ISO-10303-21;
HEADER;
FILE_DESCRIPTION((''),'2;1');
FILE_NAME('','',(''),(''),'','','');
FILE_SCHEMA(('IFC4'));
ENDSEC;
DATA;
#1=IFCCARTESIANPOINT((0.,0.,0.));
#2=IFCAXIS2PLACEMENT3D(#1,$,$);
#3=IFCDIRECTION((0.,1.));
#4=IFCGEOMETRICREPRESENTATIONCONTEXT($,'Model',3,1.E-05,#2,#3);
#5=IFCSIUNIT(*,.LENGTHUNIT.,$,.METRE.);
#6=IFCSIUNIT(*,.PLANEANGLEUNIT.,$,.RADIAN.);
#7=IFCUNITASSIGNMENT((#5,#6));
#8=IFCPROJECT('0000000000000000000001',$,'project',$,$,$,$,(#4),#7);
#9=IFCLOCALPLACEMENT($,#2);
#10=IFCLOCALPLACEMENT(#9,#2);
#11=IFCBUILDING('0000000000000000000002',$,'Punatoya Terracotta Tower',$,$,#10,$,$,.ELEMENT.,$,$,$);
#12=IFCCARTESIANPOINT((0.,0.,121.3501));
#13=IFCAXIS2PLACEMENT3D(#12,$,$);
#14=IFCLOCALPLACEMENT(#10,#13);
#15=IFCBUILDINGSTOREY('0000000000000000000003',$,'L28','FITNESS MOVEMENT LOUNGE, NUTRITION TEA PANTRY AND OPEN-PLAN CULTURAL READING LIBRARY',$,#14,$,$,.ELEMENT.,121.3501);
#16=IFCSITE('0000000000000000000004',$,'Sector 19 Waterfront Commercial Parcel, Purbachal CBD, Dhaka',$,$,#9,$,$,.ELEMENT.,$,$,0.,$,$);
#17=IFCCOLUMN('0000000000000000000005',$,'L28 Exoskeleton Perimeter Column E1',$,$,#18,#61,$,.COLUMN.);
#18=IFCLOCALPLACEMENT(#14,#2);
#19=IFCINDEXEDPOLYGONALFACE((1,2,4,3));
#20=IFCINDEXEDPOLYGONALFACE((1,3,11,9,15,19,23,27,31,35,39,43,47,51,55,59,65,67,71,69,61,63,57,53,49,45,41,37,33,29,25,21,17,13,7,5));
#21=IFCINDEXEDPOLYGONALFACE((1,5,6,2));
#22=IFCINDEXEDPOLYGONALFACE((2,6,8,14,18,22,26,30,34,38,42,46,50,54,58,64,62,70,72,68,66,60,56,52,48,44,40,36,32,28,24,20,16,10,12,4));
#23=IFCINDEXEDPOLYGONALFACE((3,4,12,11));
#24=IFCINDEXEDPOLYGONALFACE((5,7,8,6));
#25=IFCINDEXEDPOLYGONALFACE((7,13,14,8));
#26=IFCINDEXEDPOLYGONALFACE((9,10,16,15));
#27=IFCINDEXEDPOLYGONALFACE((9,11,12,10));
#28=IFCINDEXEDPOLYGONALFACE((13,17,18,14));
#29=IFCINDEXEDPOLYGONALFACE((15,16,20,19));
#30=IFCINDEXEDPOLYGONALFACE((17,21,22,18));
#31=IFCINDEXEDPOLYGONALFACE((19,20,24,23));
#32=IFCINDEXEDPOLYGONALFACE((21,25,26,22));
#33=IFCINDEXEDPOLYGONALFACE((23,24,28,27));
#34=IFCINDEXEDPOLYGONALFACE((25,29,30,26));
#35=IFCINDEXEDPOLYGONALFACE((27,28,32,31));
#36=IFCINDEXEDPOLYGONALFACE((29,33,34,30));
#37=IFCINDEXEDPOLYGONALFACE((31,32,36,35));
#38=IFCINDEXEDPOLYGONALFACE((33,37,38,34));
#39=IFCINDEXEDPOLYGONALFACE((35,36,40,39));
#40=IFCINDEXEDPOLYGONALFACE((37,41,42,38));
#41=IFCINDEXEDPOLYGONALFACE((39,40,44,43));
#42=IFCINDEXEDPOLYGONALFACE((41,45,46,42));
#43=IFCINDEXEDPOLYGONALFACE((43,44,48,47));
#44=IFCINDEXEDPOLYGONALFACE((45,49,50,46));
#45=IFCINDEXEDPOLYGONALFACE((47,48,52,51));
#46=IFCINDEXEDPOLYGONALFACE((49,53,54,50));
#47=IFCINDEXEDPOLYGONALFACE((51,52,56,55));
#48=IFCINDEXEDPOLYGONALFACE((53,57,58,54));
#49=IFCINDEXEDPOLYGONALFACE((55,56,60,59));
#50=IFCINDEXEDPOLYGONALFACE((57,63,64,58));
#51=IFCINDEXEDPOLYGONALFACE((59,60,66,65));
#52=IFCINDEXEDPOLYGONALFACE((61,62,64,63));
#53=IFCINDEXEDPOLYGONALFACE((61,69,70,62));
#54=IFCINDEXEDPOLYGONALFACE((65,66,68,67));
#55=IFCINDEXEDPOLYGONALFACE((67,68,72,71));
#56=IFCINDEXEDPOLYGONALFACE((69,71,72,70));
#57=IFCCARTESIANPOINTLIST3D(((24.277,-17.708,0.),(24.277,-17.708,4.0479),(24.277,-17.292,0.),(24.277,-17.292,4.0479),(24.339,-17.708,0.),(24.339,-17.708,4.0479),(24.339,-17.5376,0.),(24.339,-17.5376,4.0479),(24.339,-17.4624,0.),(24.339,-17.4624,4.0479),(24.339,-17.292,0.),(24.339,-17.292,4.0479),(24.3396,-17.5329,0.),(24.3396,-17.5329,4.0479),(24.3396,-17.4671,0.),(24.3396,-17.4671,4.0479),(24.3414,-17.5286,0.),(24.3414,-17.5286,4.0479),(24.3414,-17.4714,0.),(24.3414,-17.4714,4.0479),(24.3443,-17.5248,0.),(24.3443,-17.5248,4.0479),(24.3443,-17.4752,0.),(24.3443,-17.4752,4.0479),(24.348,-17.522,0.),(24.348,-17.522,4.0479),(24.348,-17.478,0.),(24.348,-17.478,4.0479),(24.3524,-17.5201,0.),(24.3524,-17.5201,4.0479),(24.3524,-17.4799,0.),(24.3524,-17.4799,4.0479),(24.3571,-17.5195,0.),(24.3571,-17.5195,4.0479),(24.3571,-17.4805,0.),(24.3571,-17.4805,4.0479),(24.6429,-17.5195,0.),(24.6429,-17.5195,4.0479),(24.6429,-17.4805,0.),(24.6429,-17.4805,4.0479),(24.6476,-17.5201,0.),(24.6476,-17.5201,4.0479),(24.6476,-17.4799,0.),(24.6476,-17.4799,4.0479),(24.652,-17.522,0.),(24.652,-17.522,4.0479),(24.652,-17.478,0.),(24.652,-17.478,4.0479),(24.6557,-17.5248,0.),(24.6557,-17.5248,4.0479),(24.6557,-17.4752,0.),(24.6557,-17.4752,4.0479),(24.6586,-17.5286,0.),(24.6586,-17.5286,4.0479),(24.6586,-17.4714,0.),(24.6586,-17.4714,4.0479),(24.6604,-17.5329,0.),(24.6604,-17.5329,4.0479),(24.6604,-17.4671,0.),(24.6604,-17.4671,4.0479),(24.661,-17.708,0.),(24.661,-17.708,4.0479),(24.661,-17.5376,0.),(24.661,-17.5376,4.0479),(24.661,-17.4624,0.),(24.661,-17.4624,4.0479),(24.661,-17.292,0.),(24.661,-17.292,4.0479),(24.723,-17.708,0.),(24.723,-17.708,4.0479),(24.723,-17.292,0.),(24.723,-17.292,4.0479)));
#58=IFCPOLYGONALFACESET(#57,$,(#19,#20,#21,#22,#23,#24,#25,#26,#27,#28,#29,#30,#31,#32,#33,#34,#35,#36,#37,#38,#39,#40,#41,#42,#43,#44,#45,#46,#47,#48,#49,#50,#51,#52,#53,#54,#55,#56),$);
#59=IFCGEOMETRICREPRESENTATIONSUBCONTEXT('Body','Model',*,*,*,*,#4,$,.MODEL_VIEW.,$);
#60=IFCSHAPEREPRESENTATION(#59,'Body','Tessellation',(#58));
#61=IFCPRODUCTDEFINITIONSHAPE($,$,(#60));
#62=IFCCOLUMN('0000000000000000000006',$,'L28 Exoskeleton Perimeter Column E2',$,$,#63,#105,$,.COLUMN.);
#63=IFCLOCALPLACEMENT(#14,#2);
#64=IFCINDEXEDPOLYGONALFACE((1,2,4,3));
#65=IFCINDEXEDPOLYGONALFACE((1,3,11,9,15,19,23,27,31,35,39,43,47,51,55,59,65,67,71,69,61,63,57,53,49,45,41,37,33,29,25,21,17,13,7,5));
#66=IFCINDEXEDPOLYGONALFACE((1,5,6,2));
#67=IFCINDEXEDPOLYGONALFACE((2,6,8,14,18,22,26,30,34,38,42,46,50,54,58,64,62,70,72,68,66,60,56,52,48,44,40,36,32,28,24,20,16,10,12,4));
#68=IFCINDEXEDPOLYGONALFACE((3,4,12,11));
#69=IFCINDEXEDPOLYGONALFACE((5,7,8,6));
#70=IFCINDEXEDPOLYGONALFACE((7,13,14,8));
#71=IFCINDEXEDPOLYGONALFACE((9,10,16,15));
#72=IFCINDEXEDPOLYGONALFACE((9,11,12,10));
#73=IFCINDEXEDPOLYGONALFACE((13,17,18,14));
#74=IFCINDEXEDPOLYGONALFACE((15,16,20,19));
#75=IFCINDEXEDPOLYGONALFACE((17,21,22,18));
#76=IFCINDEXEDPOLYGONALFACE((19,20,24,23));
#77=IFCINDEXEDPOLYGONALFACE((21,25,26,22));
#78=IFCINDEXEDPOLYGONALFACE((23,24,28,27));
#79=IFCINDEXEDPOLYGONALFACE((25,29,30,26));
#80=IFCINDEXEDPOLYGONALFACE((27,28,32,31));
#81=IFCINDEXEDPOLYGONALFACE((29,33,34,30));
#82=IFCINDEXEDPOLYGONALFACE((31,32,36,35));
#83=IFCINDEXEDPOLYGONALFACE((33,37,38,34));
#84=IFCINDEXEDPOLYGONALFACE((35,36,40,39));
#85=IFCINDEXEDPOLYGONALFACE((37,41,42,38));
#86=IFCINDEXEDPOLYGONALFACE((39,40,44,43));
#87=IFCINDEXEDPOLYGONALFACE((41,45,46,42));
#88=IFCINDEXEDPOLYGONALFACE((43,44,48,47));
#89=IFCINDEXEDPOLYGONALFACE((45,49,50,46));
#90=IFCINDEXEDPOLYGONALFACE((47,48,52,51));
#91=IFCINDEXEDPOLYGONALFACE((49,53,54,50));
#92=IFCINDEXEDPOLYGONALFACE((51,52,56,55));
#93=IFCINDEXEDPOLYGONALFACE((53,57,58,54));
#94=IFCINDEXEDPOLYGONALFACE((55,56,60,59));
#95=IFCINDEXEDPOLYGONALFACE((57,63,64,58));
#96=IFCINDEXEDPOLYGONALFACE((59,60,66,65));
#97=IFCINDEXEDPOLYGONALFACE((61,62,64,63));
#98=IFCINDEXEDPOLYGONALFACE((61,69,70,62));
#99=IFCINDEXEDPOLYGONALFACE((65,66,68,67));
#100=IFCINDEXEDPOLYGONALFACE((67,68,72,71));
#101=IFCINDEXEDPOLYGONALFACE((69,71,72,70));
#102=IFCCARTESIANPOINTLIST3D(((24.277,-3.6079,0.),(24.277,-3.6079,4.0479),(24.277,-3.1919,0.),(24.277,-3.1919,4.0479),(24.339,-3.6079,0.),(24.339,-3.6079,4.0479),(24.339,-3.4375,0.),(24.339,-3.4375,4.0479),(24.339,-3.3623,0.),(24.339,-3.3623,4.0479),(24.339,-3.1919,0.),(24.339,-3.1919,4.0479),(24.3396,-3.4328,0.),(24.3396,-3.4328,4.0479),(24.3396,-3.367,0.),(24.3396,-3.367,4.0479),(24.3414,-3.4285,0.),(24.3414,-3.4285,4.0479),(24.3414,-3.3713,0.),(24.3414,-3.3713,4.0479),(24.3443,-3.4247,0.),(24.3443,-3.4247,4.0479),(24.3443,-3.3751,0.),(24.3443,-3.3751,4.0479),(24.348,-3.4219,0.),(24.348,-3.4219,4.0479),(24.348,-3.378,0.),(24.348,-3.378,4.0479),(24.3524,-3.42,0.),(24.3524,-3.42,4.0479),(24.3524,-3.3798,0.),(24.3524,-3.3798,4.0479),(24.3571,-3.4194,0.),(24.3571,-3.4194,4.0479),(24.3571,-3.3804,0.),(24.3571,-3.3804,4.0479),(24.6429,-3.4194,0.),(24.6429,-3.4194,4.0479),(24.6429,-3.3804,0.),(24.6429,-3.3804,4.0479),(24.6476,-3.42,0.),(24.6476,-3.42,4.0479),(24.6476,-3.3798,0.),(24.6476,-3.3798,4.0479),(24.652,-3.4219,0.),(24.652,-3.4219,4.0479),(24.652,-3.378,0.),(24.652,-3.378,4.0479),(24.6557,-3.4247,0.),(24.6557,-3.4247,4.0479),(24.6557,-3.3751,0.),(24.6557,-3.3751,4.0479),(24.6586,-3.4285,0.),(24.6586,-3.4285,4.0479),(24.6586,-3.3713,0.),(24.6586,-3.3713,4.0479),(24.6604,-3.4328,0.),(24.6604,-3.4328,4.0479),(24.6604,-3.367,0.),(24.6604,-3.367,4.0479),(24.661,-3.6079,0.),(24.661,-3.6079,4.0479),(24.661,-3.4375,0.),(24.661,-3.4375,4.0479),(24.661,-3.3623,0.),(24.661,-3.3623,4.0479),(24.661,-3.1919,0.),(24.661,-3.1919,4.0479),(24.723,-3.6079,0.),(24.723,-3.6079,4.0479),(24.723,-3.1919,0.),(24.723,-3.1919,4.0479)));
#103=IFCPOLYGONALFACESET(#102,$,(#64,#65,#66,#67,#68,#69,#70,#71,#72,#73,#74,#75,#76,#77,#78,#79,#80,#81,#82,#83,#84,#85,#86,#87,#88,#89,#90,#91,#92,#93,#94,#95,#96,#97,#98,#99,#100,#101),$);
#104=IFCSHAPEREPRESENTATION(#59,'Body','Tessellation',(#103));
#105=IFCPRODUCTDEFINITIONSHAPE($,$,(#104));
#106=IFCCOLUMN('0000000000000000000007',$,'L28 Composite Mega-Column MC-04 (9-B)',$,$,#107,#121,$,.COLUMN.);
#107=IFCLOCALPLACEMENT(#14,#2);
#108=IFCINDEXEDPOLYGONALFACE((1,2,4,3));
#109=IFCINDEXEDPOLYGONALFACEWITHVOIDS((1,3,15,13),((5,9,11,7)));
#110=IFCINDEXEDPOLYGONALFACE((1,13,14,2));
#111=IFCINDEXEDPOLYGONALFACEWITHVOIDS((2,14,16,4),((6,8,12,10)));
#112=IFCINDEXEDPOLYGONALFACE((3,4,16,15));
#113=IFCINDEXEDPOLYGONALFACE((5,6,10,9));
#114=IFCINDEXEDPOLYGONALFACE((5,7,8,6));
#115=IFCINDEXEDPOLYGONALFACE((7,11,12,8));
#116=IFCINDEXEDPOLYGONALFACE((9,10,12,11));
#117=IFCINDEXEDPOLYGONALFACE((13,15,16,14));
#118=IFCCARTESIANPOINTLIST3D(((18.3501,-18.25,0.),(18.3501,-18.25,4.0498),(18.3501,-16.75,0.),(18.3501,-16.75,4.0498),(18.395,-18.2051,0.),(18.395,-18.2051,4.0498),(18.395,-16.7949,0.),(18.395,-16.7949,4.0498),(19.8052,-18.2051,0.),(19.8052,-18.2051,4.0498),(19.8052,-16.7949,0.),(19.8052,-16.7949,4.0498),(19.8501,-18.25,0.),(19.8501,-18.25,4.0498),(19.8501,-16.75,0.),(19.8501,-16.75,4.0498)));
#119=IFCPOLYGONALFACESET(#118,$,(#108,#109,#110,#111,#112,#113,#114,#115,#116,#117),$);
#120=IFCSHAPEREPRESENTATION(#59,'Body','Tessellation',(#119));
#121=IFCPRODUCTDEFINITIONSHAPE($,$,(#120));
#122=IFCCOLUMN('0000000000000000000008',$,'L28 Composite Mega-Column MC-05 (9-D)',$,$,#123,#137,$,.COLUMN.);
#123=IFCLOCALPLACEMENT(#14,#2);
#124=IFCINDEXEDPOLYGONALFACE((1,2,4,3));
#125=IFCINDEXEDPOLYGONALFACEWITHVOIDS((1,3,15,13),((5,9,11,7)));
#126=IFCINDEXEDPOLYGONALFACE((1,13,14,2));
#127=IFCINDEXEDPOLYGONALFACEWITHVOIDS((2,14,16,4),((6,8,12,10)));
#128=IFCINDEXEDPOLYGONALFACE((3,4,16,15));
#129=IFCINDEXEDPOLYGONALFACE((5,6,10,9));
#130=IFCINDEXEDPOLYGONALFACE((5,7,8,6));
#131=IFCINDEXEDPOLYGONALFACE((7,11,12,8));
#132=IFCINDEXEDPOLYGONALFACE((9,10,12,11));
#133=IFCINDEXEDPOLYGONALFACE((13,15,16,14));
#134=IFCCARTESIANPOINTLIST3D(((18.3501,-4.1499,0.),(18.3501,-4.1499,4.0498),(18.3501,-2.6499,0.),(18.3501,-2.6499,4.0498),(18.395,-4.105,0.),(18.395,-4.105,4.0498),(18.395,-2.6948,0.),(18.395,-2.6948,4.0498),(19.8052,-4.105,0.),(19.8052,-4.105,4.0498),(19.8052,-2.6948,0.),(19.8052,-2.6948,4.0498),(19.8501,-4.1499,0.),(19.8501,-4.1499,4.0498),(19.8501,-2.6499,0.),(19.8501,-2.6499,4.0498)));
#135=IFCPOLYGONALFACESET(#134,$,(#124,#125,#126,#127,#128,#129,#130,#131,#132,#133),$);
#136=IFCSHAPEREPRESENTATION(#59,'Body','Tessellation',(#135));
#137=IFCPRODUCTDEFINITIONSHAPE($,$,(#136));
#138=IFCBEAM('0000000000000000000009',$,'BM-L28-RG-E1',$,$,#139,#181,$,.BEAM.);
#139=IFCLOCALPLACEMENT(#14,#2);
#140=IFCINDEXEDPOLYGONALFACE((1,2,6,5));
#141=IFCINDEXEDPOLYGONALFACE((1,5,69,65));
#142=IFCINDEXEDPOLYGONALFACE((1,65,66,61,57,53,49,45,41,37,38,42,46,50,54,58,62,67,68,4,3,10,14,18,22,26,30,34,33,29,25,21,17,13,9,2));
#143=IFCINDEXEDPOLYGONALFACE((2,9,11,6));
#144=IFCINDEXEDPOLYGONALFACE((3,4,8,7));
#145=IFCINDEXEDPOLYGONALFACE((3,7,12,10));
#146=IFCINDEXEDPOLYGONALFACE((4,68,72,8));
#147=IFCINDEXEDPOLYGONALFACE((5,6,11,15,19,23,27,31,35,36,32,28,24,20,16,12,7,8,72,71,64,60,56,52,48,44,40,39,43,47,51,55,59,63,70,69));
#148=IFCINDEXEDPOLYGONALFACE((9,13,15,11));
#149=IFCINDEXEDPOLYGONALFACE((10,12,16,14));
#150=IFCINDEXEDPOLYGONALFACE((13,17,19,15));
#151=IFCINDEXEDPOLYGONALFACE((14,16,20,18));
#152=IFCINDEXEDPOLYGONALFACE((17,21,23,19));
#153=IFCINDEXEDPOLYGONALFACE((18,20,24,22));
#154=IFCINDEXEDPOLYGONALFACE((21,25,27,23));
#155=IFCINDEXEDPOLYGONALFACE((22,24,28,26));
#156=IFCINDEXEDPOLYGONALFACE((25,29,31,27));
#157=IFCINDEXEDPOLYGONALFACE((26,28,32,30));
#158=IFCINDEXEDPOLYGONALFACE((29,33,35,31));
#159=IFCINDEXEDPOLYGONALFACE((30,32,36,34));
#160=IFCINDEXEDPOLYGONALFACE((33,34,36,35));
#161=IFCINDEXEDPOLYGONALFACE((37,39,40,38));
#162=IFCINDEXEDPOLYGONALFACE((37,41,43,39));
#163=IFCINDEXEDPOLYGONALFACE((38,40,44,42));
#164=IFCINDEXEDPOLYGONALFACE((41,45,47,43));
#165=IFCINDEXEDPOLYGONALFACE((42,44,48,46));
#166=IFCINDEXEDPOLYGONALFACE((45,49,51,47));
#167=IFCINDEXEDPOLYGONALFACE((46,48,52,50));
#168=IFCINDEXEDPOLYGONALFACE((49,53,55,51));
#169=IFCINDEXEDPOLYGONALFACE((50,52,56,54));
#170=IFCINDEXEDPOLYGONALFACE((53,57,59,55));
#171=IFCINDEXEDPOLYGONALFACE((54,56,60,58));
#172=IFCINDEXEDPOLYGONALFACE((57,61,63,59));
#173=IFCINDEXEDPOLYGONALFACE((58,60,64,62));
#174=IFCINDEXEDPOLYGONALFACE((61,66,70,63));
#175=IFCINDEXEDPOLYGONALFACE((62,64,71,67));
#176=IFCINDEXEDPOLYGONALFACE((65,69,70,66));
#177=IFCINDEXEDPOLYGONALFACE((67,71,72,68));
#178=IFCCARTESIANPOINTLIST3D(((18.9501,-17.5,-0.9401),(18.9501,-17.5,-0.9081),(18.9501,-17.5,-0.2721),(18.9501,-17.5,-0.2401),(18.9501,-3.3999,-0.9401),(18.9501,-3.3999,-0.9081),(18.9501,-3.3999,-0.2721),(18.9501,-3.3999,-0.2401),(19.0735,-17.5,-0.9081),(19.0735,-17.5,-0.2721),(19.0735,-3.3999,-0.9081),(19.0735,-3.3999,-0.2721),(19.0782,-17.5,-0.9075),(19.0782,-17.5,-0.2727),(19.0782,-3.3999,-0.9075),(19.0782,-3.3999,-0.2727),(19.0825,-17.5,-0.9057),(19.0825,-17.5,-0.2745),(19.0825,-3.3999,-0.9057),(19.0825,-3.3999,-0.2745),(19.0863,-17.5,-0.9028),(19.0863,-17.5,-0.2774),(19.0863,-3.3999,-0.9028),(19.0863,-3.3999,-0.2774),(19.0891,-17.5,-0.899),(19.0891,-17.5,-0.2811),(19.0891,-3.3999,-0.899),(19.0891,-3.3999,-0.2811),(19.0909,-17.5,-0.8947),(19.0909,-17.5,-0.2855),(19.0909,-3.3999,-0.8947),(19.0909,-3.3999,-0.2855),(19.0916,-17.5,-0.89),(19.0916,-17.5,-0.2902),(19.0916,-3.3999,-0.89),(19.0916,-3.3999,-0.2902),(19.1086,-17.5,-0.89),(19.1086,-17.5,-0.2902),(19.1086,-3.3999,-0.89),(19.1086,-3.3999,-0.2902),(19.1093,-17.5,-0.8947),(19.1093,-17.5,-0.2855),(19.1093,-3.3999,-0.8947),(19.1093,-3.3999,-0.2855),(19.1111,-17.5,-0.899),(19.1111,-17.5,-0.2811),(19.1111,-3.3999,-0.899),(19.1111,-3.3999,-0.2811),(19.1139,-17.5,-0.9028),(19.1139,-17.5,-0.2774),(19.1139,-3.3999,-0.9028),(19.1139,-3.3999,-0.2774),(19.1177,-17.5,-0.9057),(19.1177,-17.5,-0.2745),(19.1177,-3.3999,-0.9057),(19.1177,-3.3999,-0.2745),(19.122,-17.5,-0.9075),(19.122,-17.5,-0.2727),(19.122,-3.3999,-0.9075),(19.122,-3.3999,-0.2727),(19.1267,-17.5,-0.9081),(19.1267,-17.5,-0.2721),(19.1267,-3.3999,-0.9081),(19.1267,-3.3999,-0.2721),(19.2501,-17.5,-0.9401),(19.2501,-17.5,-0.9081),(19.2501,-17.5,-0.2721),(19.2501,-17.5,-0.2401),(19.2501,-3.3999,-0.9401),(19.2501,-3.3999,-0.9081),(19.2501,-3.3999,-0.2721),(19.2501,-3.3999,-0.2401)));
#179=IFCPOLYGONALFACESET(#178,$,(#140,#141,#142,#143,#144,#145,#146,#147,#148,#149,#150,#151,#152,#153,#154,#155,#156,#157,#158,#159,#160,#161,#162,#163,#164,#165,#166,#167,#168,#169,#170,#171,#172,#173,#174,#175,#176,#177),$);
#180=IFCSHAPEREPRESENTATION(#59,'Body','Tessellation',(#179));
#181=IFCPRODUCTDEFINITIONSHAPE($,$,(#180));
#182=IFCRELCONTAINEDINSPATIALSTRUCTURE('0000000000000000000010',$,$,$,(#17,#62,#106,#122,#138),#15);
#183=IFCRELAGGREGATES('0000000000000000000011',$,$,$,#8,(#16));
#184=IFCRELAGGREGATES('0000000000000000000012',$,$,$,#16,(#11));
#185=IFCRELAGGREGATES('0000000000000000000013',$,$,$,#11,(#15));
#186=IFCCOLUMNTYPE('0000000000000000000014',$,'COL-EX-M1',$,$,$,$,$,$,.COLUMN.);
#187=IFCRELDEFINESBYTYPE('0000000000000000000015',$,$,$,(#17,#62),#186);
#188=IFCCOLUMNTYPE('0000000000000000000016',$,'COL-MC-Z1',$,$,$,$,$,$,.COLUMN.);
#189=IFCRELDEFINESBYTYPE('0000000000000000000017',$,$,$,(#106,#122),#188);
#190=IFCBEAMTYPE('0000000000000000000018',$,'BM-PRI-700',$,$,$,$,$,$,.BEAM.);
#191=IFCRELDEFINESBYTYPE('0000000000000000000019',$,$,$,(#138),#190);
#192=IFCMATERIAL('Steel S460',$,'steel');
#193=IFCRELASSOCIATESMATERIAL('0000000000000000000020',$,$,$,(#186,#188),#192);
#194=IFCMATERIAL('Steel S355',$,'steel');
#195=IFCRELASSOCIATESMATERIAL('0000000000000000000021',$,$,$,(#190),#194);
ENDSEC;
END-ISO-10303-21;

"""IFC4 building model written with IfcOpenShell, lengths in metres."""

from ifc_helpers import new_model, si_unit, direction, frame, origin, origin_2d, place, context, subcontext, project, spatial, hollow_rectangle, i_section, extrude, material, material_profile, profile_set, type_object, element, save


model = new_model("IFC4")

# Units and contexts
model_context = context("Model", 3, precision=1e-05, world=origin(), true_north=direction((0.0, 1.0)))
body_context = subcontext(model_context, "Body", "Model", "MODEL_VIEW")
ifc_project = project(units=[si_unit("LENGTHUNIT", "METRE"), si_unit("PLANEANGLEUNIT", "RADIAN")], contexts=[model_context])

# Site, building, storey
site_placement = place(None, origin())
site = spatial("IfcSite", under=ifc_project, at=site_placement, Name="Sector 19 Waterfront Commercial Parcel, Purbachal CBD, Dhaka", CompositionType="ELEMENT", RefElevation=0.0)
building_placement = place(site_placement, origin())
building = spatial("IfcBuilding", under=site, at=building_placement, Name="Punatoya Terracotta Tower", CompositionType="ELEMENT")
storey_placement = place(building_placement, frame((0.0, 0.0, 121.3501)))
storey = spatial("IfcBuildingStorey", under=building, at=storey_placement, Name="L28", Description="FITNESS MOVEMENT LOUNGE, NUTRITION TEA PANTRY AND OPEN-PLAN CULTURAL READING LIBRARY", CompositionType="ELEMENT", Elevation=121.3501)

# Columns
ifc_material_1 = material(Name="Steel S460", Category="steel")
ifc_material_profile_1 = material_profile(ifc_material_1, i_section(OverallWidth=0.416, OverallDepth=0.446, WebThickness=0.0391, FlangeThickness=0.062, FilletRadius=0.0181, at=origin_2d()))
ifc_profile_set_1 = profile_set([ifc_material_profile_1], Name="Steel S460")
column_type_1 = type_object("IfcColumnType", Name="COL-EX-M1", PredefinedType="COLUMN", material=ifc_profile_set_1)
for number, where, z_axis, x_axis, name in (
    (1, (24.5, -17.5, 0.0), (0.0, 0.0, 1.0), (0.0, 1.0, 0.0), "L28 Exoskeleton Perimeter Column E1"),
    (2, (24.5, -3.3999, 0.0), (0.0, 0.0, 1.0), (0.0, 1.0, 0.0), "L28 Exoskeleton Perimeter Column E2"),
):
    element("IfcColumn", number, at=place(storey_placement, frame(where, z_axis=z_axis, x_axis=x_axis)), inside=storey, type_object=column_type_1, Name=name, PredefinedType="COLUMN", context=body_context, shape_type="SweptSolid", body=[
        extrude(i_section(OverallWidth=0.416, OverallDepth=0.446, WebThickness=0.0391, FlangeThickness=0.062, FilletRadius=0.0181, at=origin_2d()), origin(), (0.0, 0.0, 1.0), 4.0479),
    ])
ifc_material_profile_2 = material_profile(ifc_material_1, hollow_rectangle(XDim=1.5, YDim=1.5, WallThickness=0.0449, at=origin_2d()))
ifc_profile_set_2 = profile_set([ifc_material_profile_2], Name="Steel S460")
column_type_2 = type_object("IfcColumnType", Name="COL-MC-Z1", PredefinedType="COLUMN", material=ifc_profile_set_2)
for number, where, z_axis, x_axis, name in (
    (3, (19.1001, -17.5, 0.0), (0.0, 0.0, 1.0), (1.0, 0.0, 0.0), "L28 Composite Mega-Column MC-04 (9-B)"),
    (4, (19.1001, -3.3999, 0.0), (0.0, 0.0, 1.0), (1.0, 0.0, 0.0), "L28 Composite Mega-Column MC-05 (9-D)"),
):
    element("IfcColumn", number, at=place(storey_placement, frame(where, z_axis=z_axis, x_axis=x_axis)), inside=storey, type_object=column_type_2, Name=name, PredefinedType="COLUMN", context=body_context, shape_type="SweptSolid", body=[
        extrude(hollow_rectangle(XDim=1.5, YDim=1.5, WallThickness=0.0449, at=origin_2d()), origin(), (0.0, 0.0, 1.0), 4.0498),
    ])

# Beam
ifc_material_2 = material(Name="Steel S355", Category="steel")
ifc_material_profile_3 = material_profile(ifc_material_2, i_section(OverallWidth=0.3, OverallDepth=0.7, WebThickness=0.0171, FlangeThickness=0.032, FilletRadius=0.0181, at=origin_2d()))
ifc_profile_set_3 = profile_set([ifc_material_profile_3], Name="Steel S355")
beam_type_1 = type_object("IfcBeamType", Name="BM-PRI-700", PredefinedType="BEAM", material=ifc_profile_set_3)
beam_1_placement = place(storey_placement, frame((19.1001, -17.5, -0.5901), z_axis=(0.0, 1.0, 0.0), x_axis=(-1.0, 0.0, 0.0)))
element("IfcBeam", 5, at=beam_1_placement, inside=storey, type_object=beam_type_1, Name="BM-L28-RG-E1", PredefinedType="BEAM", context=body_context, shape_type="SweptSolid", body=[
    extrude(i_section(OverallWidth=0.3, OverallDepth=0.7, WebThickness=0.0171, FlangeThickness=0.032, FilletRadius=0.0181, at=origin_2d()), origin(), (0.0, 0.0, 1.0), 14.1001),
])

save(model, "model.ifc")
